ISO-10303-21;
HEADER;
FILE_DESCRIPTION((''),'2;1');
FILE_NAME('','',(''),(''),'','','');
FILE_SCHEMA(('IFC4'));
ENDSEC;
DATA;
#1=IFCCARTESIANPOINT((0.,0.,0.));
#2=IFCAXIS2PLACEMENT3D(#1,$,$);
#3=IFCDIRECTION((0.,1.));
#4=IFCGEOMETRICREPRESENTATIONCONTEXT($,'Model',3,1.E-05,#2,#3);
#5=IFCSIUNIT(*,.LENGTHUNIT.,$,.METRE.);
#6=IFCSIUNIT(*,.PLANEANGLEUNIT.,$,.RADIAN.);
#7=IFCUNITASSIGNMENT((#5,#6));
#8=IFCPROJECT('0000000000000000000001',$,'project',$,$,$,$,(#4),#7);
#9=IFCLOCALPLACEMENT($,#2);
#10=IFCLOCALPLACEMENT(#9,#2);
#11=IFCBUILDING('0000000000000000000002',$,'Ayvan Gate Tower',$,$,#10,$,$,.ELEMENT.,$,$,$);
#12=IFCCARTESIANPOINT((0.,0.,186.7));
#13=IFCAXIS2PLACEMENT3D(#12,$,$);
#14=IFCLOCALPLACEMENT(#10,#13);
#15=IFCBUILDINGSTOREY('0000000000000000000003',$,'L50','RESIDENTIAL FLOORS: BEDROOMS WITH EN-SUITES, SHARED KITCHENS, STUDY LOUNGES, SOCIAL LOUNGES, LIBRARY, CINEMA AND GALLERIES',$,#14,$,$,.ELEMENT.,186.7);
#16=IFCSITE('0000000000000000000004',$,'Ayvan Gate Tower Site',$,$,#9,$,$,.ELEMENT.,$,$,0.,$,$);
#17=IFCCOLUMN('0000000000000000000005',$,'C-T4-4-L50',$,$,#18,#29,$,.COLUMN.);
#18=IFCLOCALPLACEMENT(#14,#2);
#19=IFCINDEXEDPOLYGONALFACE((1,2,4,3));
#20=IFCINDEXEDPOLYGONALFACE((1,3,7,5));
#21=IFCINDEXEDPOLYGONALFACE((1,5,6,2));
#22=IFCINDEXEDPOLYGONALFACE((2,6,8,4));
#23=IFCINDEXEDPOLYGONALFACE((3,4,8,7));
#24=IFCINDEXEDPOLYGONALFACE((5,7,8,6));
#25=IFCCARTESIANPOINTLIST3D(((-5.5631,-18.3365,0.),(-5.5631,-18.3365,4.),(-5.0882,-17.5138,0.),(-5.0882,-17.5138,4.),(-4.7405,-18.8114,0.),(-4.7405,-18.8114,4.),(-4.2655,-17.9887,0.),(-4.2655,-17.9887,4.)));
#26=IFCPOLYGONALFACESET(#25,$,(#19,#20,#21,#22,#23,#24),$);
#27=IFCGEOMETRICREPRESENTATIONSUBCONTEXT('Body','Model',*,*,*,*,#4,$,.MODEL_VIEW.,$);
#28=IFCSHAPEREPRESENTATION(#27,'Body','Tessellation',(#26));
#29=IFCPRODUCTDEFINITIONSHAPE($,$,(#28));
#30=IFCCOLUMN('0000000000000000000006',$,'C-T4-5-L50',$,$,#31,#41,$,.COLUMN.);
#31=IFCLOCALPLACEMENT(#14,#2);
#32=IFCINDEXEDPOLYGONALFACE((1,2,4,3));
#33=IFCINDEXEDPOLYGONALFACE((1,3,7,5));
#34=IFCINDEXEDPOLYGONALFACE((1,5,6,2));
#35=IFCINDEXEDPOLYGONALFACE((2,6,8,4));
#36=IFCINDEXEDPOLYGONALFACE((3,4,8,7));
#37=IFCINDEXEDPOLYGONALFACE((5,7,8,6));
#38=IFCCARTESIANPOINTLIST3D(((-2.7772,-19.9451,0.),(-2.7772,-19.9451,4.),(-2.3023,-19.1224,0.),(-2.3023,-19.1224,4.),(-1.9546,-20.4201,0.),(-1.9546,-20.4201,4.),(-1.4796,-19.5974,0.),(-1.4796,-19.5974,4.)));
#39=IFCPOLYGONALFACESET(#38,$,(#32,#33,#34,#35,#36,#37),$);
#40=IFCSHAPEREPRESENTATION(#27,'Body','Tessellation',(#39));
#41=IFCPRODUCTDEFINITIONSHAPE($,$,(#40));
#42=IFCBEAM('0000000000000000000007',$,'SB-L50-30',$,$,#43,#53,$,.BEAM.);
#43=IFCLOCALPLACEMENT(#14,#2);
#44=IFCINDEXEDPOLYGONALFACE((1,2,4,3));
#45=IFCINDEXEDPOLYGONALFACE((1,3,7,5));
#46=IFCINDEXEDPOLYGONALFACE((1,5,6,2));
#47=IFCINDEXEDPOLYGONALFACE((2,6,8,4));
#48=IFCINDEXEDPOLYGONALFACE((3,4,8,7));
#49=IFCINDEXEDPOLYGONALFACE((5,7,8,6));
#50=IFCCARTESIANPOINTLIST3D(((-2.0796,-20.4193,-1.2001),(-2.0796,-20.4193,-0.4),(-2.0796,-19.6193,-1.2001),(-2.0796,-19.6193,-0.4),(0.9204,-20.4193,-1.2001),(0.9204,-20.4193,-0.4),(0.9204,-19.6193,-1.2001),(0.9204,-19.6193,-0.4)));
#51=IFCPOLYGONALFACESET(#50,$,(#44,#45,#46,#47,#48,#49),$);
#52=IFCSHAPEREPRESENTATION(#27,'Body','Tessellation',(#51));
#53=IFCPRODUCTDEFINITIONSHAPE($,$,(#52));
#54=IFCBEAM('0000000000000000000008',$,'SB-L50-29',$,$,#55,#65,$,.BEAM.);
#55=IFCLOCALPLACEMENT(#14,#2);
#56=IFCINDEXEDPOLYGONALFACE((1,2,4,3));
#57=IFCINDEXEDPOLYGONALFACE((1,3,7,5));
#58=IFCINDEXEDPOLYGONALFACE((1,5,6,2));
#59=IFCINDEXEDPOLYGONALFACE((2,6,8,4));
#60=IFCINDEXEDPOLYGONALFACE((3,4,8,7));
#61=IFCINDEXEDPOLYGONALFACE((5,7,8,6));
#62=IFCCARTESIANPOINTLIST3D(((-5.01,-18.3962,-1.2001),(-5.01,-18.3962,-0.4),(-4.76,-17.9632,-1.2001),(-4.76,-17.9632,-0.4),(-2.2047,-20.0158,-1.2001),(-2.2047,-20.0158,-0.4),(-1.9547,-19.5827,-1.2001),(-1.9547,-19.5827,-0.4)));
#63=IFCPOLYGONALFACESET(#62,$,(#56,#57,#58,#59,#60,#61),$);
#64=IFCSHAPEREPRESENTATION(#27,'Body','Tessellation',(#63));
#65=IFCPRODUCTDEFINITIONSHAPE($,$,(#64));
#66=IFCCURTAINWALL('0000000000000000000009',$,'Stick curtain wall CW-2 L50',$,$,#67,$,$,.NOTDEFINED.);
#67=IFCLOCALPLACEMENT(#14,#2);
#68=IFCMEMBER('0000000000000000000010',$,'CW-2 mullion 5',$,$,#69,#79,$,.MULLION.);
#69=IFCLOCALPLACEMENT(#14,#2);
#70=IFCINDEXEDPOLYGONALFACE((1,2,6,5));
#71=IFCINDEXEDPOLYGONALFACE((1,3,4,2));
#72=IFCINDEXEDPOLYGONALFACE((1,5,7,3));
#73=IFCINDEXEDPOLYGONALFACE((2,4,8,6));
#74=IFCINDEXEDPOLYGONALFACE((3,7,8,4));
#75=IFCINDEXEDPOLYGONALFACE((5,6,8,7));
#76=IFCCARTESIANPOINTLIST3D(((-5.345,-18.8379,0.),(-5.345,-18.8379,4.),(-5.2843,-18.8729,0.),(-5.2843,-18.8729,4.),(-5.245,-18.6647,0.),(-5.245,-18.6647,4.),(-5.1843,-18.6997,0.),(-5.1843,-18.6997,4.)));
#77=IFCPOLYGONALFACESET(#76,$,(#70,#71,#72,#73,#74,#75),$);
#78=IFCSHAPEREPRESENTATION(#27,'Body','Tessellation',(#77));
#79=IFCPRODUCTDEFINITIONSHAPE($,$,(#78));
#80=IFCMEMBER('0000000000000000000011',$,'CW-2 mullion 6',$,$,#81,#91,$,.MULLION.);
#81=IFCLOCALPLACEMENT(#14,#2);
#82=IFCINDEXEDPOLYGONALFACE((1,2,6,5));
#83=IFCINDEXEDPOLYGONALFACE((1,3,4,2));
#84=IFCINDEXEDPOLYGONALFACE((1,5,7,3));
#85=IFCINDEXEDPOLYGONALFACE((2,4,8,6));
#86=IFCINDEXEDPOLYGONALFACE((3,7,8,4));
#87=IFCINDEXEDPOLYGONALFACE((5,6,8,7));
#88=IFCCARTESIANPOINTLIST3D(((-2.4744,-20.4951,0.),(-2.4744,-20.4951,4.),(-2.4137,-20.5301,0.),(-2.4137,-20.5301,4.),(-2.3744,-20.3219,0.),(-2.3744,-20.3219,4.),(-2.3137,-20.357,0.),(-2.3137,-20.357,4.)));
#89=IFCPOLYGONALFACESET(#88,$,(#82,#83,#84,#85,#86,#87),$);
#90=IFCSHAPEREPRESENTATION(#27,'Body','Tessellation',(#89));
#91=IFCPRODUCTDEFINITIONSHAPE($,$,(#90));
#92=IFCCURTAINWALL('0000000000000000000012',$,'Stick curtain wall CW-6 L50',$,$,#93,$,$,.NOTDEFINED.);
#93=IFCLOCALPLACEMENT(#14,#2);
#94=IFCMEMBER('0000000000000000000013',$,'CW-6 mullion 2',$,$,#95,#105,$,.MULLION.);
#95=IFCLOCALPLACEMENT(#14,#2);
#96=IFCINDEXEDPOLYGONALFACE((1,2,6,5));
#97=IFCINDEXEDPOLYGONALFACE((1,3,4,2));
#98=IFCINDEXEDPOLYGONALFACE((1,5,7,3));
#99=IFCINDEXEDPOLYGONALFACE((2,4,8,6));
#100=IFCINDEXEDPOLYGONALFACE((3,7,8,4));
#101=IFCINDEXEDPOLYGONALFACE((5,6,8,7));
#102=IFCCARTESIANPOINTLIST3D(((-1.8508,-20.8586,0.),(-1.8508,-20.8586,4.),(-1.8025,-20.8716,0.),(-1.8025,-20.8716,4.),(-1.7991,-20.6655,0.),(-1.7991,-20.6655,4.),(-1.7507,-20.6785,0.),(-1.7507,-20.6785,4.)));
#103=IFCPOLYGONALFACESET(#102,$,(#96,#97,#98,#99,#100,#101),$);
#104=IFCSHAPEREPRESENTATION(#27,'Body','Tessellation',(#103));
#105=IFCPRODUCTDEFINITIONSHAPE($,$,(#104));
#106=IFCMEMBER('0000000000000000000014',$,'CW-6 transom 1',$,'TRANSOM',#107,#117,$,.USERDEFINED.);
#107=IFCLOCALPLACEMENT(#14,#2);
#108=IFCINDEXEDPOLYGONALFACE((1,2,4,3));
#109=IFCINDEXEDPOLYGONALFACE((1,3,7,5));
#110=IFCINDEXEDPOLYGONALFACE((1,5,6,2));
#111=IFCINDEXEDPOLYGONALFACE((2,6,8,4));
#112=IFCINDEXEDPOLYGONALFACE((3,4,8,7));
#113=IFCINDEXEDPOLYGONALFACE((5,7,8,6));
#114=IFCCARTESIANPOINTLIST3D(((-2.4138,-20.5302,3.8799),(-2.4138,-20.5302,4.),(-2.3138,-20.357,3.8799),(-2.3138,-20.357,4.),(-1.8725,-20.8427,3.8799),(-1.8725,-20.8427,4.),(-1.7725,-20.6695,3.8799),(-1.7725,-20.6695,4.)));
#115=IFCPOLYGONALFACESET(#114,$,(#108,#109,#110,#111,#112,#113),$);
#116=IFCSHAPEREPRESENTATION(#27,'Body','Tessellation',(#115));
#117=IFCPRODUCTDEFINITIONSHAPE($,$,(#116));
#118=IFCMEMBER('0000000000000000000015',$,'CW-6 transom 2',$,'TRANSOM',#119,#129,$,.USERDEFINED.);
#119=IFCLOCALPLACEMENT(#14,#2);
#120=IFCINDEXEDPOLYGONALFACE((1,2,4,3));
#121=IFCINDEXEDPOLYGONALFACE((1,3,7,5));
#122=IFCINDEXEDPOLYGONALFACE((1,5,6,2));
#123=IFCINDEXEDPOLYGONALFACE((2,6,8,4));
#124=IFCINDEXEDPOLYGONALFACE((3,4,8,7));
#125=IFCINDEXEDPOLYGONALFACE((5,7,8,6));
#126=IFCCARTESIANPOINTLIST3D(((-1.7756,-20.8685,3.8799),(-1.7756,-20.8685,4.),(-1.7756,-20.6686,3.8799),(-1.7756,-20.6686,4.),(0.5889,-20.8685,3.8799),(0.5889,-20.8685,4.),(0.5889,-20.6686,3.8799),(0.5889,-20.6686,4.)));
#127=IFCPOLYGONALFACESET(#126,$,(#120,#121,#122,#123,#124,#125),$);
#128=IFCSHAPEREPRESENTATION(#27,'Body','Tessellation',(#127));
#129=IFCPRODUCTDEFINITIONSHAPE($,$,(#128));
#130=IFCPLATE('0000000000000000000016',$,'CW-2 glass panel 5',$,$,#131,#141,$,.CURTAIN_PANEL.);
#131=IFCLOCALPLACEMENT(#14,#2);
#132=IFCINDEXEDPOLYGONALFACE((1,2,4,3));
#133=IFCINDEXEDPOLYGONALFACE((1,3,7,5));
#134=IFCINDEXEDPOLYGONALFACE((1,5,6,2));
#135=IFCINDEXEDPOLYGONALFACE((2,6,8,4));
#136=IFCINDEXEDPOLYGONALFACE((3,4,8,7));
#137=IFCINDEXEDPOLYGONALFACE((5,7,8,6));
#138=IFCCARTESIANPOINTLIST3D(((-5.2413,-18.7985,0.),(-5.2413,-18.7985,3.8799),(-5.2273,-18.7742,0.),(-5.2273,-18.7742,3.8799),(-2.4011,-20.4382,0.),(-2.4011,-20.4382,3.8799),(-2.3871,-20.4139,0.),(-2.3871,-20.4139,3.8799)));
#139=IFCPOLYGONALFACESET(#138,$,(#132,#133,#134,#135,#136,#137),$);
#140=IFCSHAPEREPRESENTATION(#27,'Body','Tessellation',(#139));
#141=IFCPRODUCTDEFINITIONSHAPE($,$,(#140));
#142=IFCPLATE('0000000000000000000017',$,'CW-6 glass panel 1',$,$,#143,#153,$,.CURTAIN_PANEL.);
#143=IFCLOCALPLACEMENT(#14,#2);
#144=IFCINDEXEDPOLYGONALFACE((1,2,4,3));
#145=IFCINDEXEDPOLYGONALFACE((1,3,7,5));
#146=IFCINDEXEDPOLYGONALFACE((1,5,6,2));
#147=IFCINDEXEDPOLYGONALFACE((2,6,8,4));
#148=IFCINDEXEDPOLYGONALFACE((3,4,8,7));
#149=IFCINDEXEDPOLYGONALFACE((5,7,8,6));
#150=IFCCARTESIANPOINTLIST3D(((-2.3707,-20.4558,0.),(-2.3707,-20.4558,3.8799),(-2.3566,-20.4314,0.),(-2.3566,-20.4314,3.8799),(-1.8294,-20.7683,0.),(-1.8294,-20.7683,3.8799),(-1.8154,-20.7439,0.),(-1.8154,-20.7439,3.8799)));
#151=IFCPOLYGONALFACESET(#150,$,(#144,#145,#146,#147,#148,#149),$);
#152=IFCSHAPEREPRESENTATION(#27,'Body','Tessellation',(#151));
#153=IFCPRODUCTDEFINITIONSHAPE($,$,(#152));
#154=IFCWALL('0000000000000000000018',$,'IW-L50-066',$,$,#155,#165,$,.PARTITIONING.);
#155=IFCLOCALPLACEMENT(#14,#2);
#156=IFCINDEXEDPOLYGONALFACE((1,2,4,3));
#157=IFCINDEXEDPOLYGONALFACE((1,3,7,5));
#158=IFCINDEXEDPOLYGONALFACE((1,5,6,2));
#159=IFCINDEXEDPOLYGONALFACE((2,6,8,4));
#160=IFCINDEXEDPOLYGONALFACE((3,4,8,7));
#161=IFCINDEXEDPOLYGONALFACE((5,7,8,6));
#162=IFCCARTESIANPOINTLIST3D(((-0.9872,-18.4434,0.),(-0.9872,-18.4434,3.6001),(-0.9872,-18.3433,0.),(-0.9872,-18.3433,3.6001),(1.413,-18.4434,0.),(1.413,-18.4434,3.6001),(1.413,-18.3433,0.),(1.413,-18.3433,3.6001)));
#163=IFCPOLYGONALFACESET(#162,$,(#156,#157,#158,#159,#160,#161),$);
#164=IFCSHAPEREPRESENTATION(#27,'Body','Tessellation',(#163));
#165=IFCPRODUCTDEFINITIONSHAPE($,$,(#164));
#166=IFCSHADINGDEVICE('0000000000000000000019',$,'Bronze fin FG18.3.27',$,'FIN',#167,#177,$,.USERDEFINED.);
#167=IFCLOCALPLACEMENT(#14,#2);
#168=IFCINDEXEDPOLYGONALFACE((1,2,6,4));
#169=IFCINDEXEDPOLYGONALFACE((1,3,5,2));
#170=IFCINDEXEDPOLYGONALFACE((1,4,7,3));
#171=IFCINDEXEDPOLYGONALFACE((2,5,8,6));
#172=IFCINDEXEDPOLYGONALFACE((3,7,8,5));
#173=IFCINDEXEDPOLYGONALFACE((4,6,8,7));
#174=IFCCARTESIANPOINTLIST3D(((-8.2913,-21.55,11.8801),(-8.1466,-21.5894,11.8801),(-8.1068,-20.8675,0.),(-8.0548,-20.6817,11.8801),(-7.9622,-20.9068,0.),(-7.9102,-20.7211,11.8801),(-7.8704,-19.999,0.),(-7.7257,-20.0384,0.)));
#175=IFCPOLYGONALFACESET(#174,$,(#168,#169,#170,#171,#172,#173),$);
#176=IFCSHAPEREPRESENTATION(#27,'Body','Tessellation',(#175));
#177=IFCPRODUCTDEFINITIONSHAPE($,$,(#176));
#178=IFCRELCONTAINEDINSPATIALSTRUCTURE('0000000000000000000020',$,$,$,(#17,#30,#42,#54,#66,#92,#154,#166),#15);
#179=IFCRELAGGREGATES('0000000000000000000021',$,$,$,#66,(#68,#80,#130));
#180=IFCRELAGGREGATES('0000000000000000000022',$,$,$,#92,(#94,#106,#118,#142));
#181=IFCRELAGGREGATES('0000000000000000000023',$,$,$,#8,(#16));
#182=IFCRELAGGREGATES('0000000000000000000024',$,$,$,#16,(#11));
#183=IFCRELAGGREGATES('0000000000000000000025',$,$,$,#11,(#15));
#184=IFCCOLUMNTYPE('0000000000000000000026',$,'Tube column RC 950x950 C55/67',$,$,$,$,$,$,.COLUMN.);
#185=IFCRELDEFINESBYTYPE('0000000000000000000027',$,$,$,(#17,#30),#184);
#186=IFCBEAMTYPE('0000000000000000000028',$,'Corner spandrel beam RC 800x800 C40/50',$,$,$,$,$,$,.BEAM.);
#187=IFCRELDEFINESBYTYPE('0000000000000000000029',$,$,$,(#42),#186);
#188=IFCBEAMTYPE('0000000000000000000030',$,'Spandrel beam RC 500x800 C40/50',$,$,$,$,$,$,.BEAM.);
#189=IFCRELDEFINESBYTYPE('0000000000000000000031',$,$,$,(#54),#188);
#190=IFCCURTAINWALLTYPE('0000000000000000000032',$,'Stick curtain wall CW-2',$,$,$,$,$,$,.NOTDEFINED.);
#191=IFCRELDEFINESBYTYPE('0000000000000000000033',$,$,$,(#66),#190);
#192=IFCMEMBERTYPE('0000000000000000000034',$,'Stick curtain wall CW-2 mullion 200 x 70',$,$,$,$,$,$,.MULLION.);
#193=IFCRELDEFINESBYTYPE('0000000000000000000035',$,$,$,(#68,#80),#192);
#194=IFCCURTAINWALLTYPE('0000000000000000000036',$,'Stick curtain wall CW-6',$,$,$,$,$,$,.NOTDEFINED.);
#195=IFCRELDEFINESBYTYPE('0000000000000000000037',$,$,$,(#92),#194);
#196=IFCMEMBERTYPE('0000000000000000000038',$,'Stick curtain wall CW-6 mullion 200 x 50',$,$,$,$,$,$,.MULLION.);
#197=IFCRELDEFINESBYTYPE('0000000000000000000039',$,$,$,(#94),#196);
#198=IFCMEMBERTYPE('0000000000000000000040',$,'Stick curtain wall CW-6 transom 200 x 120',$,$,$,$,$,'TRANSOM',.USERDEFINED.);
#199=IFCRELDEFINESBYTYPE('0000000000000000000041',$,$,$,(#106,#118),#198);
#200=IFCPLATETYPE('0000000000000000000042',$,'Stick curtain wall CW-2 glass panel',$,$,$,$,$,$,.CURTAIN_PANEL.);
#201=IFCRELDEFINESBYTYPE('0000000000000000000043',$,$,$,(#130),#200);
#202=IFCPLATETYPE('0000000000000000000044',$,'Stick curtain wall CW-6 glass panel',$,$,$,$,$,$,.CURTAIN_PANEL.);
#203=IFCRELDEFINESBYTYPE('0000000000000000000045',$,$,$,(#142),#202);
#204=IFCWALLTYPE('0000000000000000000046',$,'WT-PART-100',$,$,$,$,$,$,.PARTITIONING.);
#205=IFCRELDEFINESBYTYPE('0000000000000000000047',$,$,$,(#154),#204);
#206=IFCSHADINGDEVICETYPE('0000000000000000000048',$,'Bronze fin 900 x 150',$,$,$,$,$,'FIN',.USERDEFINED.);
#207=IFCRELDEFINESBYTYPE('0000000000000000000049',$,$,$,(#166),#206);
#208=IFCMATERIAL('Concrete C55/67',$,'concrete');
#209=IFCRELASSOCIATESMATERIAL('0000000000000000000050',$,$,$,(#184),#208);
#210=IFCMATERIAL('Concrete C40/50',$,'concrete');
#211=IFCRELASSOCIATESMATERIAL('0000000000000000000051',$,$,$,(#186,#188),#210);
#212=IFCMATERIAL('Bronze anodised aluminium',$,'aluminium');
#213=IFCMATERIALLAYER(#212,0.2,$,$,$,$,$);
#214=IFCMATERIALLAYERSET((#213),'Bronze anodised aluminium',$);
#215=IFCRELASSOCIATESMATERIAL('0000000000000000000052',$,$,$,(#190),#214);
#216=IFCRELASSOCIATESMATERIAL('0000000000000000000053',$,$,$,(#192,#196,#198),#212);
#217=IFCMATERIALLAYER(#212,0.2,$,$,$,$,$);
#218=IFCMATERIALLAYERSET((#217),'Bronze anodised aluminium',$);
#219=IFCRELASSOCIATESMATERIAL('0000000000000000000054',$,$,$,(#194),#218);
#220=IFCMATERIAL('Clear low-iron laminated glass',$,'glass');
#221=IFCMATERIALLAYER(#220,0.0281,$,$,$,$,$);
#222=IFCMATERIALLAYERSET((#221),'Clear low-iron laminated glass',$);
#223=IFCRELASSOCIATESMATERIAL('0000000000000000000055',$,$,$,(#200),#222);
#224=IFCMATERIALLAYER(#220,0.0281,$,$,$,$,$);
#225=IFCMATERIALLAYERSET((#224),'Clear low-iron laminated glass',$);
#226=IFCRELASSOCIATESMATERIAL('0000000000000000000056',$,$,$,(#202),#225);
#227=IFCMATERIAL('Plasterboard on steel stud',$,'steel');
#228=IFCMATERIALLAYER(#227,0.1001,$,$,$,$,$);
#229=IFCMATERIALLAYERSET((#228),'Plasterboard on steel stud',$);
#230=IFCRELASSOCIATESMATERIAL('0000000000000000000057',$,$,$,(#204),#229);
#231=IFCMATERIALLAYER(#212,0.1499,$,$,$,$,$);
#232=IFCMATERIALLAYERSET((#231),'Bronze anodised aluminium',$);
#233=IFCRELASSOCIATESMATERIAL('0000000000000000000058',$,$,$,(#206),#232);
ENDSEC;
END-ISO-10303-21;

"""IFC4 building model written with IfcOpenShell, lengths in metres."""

from ifc_helpers import new_model, si_unit, direction, frame, frame_2d, origin, origin_2d, place, context, subcontext, project, spatial, polyline, rectangle, outline, extrude, material, layer, layer_set, material_profile, profile_set, type_object, element, aggregate, save


model = new_model("IFC4")

# Units and contexts
model_context = context("Model", 3, precision=1e-05, world=origin(), true_north=direction((0.0, 1.0)))
body_context = subcontext(model_context, "Body", "Model", "MODEL_VIEW")
ifc_project = project(units=[si_unit("LENGTHUNIT", "METRE"), si_unit("PLANEANGLEUNIT", "RADIAN")], contexts=[model_context])

# Site, building, storey
site_placement = place(None, origin())
site = spatial("IfcSite", under=ifc_project, at=site_placement, Name="Ayvan Gate Tower Site", CompositionType="ELEMENT", RefElevation=0.0)
building_placement = place(site_placement, origin())
building = spatial("IfcBuilding", under=site, at=building_placement, Name="Ayvan Gate Tower", CompositionType="ELEMENT")
storey_placement = place(building_placement, frame((0.0, 0.0, 186.7)))
storey = spatial("IfcBuildingStorey", under=building, at=storey_placement, Name="L50", Description="RESIDENTIAL FLOORS: BEDROOMS WITH EN-SUITES, SHARED KITCHENS, STUDY LOUNGES, SOCIAL LOUNGES, LIBRARY, CINEMA AND GALLERIES", CompositionType="ELEMENT", Elevation=186.7)

# Columns
ifc_material_1 = material(Name="Concrete C55/67", Category="concrete")
ifc_material_profile_1 = material_profile(ifc_material_1, rectangle(XDim=0.95, YDim=0.95, at=origin_2d()), Name="RC 950x950")
ifc_profile_set_1 = profile_set([ifc_material_profile_1], Name="Concrete C55/67")
column_type = type_object("IfcColumnType", Name="Tube column RC 950x950 C55/67", PredefinedType="COLUMN", material=ifc_profile_set_1)
for number, where, z_axis, x_axis, name in (
    (1, (-4.9143, -18.1626, 0.0), (0.0, 0.0, 1.0), (-0.5, -0.866025, 0.0), "C-T4-4-L50"),
    (2, (-2.1284, -19.7712, 0.0), (0.0, 0.0, 1.0), (-0.5, -0.866025, 0.0), "C-T4-5-L50"),
):
    element("IfcColumn", number, at=place(storey_placement, frame(where, z_axis=z_axis, x_axis=x_axis)), inside=storey, type_object=column_type, Name=name, PredefinedType="COLUMN", context=body_context, shape_type="SweptSolid", body=[
        extrude(rectangle(XDim=0.95, YDim=0.95, at=origin_2d()), origin(), (0.0, 0.0, 1.0), 4.0),
    ])

# Beams
ifc_material_2 = material(Name="Concrete C40/50", Category="concrete")
ifc_material_profile_2 = material_profile(ifc_material_2, rectangle(XDim=0.8, YDim=0.8, at=origin_2d()), Name="RC 800x800")
ifc_profile_set_2 = profile_set([ifc_material_profile_2], Name="Concrete C40/50")
beam_type_1 = type_object("IfcBeamType", Name="Corner spandrel beam RC 800x800 C40/50", PredefinedType="BEAM", material=ifc_profile_set_2)
beam_1_placement = place(storey_placement, frame((-2.0796, -20.0193, -0.8), z_axis=(1.0, 0.0, 0.0), x_axis=(0.0, 1.0, 0.0)))
element("IfcBeam", 3, at=beam_1_placement, inside=storey, type_object=beam_type_1, Name="SB-L50-30", PredefinedType="BEAM", context=body_context, shape_type="SweptSolid", body=[
    extrude(rectangle(XDim=0.8, YDim=0.8, at=origin_2d()), origin(), (0.0, 0.0, 1.0), 3.0),
])
ifc_material_profile_3 = material_profile(ifc_material_2, rectangle(XDim=0.5, YDim=0.8, at=origin_2d()), Name="RC 500x800")
ifc_profile_set_3 = profile_set([ifc_material_profile_3], Name="Concrete C40/50")
beam_type_2 = type_object("IfcBeamType", Name="Spandrel beam RC 500x800 C40/50", PredefinedType="BEAM", material=ifc_profile_set_3)
beam_2_placement = place(storey_placement, frame((-4.885, -18.1797, -0.8), z_axis=(0.866036, -0.499981, 0.0), x_axis=(0.499981, 0.866036, 0.0)))
element("IfcBeam", 4, at=beam_2_placement, inside=storey, type_object=beam_type_2, Name="SB-L50-29", PredefinedType="BEAM", context=body_context, shape_type="SweptSolid", body=[
    extrude(rectangle(XDim=0.5, YDim=0.8, at=origin_2d()), origin(), (0.0, 0.0, 1.0), 3.2393),
])

# Curtain walls, members
ifc_material_3 = material(Name="Bronze anodised aluminium", Category="aluminium")
ifc_layer_1 = layer(ifc_material_3, 0.2)
ifc_layer_set_1 = layer_set([ifc_layer_1], Name="Bronze anodised aluminium")
curtain_wall_type_1 = type_object("IfcCurtainWallType", Name="Stick curtain wall CW-2", PredefinedType="NOTDEFINED", material=ifc_layer_set_1)
curtain_wall_1_placement = place(storey_placement, origin())
curtain_wall_1 = element("IfcCurtainWall", 5, at=curtain_wall_1_placement, inside=storey, type_object=curtain_wall_type_1, Name="Stick curtain wall CW-2 L50", PredefinedType="NOTDEFINED")
ifc_material_profile_4 = material_profile(ifc_material_3, rectangle(XDim=0.2, YDim=0.0701, at=origin_2d()), Name="Stick curtain wall CW-2 mullion 200 x 70")
ifc_profile_set_4 = profile_set([ifc_material_profile_4], Name="Bronze anodised aluminium")
member_type_1 = type_object("IfcMemberType", Name="Stick curtain wall CW-2 mullion 200 x 70", PredefinedType="MULLION", material=ifc_profile_set_4)
member_1_placement = place(storey_placement, frame((-5.2646, -18.7688, 0.0), z_axis=(0.0, 0.0, 1.0), x_axis=(-0.5, -0.866025, 0.0)))
member_1 = element("IfcMember", 6, at=member_1_placement, type_object=member_type_1, Name="CW-2 mullion 5", PredefinedType="MULLION", context=body_context, shape_type="SweptSolid", body=[
    extrude(rectangle(XDim=0.2, YDim=0.0701, at=origin_2d()), origin(), (0.0, 0.0, 1.0), 4.0),
])
member_2_placement = place(storey_placement, frame((-2.394, -20.426, 0.0), z_axis=(0.0, 0.0, 1.0), x_axis=(-0.5, -0.866025, 0.0)))
member_2 = element("IfcMember", 7, at=member_2_placement, type_object=member_type_1, Name="CW-2 mullion 6", PredefinedType="MULLION", context=body_context, shape_type="SweptSolid", body=[
    extrude(rectangle(XDim=0.2, YDim=0.0701, at=origin_2d()), origin(), (0.0, 0.0, 1.0), 4.0),
])
ifc_layer_2 = layer(ifc_material_3, 0.2)
ifc_layer_set_2 = layer_set([ifc_layer_2], Name="Bronze anodised aluminium")
curtain_wall_type_2 = type_object("IfcCurtainWallType", Name="Stick curtain wall CW-6", PredefinedType="NOTDEFINED", material=ifc_layer_set_2)
curtain_wall_2_placement = place(storey_placement, origin())
curtain_wall_2 = element("IfcCurtainWall", 8, at=curtain_wall_2_placement, inside=storey, type_object=curtain_wall_type_2, Name="Stick curtain wall CW-6 L50", PredefinedType="NOTDEFINED")
ifc_material_profile_5 = material_profile(ifc_material_3, rectangle(XDim=0.2, YDim=0.05, at=origin_2d()), Name="Stick curtain wall CW-6 mullion 200 x 50")
ifc_profile_set_5 = profile_set([ifc_material_profile_5], Name="Bronze anodised aluminium")
member_type_2 = type_object("IfcMemberType", Name="Stick curtain wall CW-6 mullion 200 x 50", PredefinedType="MULLION", material=ifc_profile_set_5)
member_3_placement = place(storey_placement, frame((-1.8008, -20.7686, 0.0), z_axis=(0.0, 0.0, 1.0), x_axis=(-0.258819, -0.965926, 0.0)))
member_3 = element("IfcMember", 9, at=member_3_placement, type_object=member_type_2, Name="CW-6 mullion 2", PredefinedType="MULLION", context=body_context, shape_type="SweptSolid", body=[
    extrude(rectangle(XDim=0.2, YDim=0.05, at=origin_2d()), origin(), (0.0, 0.0, 1.0), 4.0),
])
ifc_material_profile_6 = material_profile(ifc_material_3, rectangle(XDim=0.2, YDim=0.1201, at=origin_2d()), Name="Stick curtain wall CW-6 transom 200 x 120")
ifc_profile_set_6 = profile_set([ifc_material_profile_6], Name="Bronze anodised aluminium")
member_type_3 = type_object("IfcMemberType", Name="Stick curtain wall CW-6 transom 200 x 120", ElementType="TRANSOM", PredefinedType="USERDEFINED", material=ifc_profile_set_6)
member_4_placement = place(storey_placement, frame((-2.3638, -20.4436, 3.9399), z_axis=(0.866023, -0.500004, 0.0), x_axis=(0.500004, 0.866023, 0.0)))
member_4 = element("IfcMember", 10, at=member_4_placement, type_object=member_type_3, Name="CW-6 transom 1", ObjectType="TRANSOM", PredefinedType="USERDEFINED", context=body_context, shape_type="SweptSolid", body=[
    extrude(rectangle(XDim=0.2, YDim=0.1201, at=origin_2d()), origin(), (0.0, 0.0, 1.0), 0.625),
])
member_5_placement = place(storey_placement, frame((-1.7756, -20.7686, 3.9399), z_axis=(1.0, 0.0, 0.0), x_axis=(0.0, 1.0, 0.0)))
member_5 = element("IfcMember", 11, at=member_5_placement, type_object=member_type_3, Name="CW-6 transom 2", ObjectType="TRANSOM", PredefinedType="USERDEFINED", context=body_context, shape_type="SweptSolid", body=[
    extrude(rectangle(XDim=0.2, YDim=0.1201, at=origin_2d()), origin(), (0.0, 0.0, 1.0), 2.3645),
])

# Plates
ifc_material_4 = material(Name="Clear low-iron laminated glass", Category="glass")
ifc_layer_3 = layer(ifc_material_4, 0.0281)
ifc_layer_set_3 = layer_set([ifc_layer_3], Name="Clear low-iron laminated glass")
plate_type_1 = type_object("IfcPlateType", Name="Stick curtain wall CW-2 glass panel", PredefinedType="CURTAIN_PANEL", material=ifc_layer_set_3)
plate_1_placement = place(storey_placement, frame((-3.8142, -19.6062, 0.0), z_axis=(0.0, 0.0, 1.0), x_axis=(0.866025, -0.5, 0.0)))
plate_1 = element("IfcPlate", 12, at=plate_1_placement, type_object=plate_type_1, Name="CW-2 glass panel 5", PredefinedType="CURTAIN_PANEL", context=body_context, shape_type="SweptSolid", body=[
    extrude(rectangle(XDim=3.2795, YDim=0.0281, at=origin_2d()), origin(), (0.0, 0.0, 1.0), 3.8799),
])
aggregate(curtain_wall_1, [member_1, member_2, plate_1])
ifc_layer_4 = layer(ifc_material_4, 0.0281)
ifc_layer_set_4 = layer_set([ifc_layer_4], Name="Clear low-iron laminated glass")
plate_type_2 = type_object("IfcPlateType", Name="Stick curtain wall CW-6 glass panel", PredefinedType="CURTAIN_PANEL", material=ifc_layer_set_4)
plate_2_placement = place(storey_placement, frame((-2.093, -20.5999, 0.0), z_axis=(0.0, 0.0, 1.0), x_axis=(0.866025, -0.5, 0.0)))
plate_2 = element("IfcPlate", 13, at=plate_2_placement, type_object=plate_type_2, Name="CW-6 glass panel 1", PredefinedType="CURTAIN_PANEL", context=body_context, shape_type="SweptSolid", body=[
    extrude(rectangle(XDim=0.625, YDim=0.0281, at=origin_2d()), origin(), (0.0, 0.0, 1.0), 3.8799),
])
aggregate(curtain_wall_2, [member_3, member_4, member_5, plate_2])

# Wall
ifc_material_5 = material(Name="Plasterboard on steel stud", Category="steel")
ifc_layer_5 = layer(ifc_material_5, 0.1001)
ifc_layer_set_5 = layer_set([ifc_layer_5], Name="Plasterboard on steel stud")
wall_type = type_object("IfcWallType", Name="WT-PART-100", PredefinedType="PARTITIONING", material=ifc_layer_set_5)
wall_placement = place(storey_placement, frame((-0.9873, -18.3933, 0.0), z_axis=(0.0, 0.0, 1.0), x_axis=(1.0, 0.0, 0.0)))
element("IfcWall", 14, at=wall_placement, inside=storey, type_object=wall_type, Name="IW-L50-066", PredefinedType="PARTITIONING", context=body_context, shape_type="SweptSolid", body=[
    extrude(rectangle(XDim=2.4001, YDim=0.1001, at=frame_2d((1.2002, 0.0))), origin(), (0.0, 0.0, 1.0), 3.6001),
])

# Shading device
ifc_layer_6 = layer(ifc_material_3, 0.1499)
ifc_layer_set_6 = layer_set([ifc_layer_6], Name="Bronze anodised aluminium")
shading_device_type = type_object("IfcShadingDeviceType", Name="Bronze fin 900 x 150", ElementType="FIN", PredefinedType="USERDEFINED", material=ifc_layer_set_6)
shading_device_1_placement = place(storey_placement, frame((-7.8704, -19.999, 0.0), z_axis=(-0.964873, 0.262716, 0.000115), x_axis=(-0.262716, -0.964873, 0.0)))
element("IfcShadingDevice", 15, at=shading_device_1_placement, inside=storey, type_object=shading_device_type, Name="Bronze fin FG18.3.27", ObjectType="FIN", PredefinedType="USERDEFINED", context=body_context, shape_type="SweptSolid", body=[
    extrude(outline(polyline([(0.0, 0.0), (0.9001, 0.0), (1.6071, 11.8801), (0.7071, 11.8801), (0.0, 0.0)])), origin(), (0.0, 0.0, -1.0), 0.1499),
])

save(model, "model.ifc")
